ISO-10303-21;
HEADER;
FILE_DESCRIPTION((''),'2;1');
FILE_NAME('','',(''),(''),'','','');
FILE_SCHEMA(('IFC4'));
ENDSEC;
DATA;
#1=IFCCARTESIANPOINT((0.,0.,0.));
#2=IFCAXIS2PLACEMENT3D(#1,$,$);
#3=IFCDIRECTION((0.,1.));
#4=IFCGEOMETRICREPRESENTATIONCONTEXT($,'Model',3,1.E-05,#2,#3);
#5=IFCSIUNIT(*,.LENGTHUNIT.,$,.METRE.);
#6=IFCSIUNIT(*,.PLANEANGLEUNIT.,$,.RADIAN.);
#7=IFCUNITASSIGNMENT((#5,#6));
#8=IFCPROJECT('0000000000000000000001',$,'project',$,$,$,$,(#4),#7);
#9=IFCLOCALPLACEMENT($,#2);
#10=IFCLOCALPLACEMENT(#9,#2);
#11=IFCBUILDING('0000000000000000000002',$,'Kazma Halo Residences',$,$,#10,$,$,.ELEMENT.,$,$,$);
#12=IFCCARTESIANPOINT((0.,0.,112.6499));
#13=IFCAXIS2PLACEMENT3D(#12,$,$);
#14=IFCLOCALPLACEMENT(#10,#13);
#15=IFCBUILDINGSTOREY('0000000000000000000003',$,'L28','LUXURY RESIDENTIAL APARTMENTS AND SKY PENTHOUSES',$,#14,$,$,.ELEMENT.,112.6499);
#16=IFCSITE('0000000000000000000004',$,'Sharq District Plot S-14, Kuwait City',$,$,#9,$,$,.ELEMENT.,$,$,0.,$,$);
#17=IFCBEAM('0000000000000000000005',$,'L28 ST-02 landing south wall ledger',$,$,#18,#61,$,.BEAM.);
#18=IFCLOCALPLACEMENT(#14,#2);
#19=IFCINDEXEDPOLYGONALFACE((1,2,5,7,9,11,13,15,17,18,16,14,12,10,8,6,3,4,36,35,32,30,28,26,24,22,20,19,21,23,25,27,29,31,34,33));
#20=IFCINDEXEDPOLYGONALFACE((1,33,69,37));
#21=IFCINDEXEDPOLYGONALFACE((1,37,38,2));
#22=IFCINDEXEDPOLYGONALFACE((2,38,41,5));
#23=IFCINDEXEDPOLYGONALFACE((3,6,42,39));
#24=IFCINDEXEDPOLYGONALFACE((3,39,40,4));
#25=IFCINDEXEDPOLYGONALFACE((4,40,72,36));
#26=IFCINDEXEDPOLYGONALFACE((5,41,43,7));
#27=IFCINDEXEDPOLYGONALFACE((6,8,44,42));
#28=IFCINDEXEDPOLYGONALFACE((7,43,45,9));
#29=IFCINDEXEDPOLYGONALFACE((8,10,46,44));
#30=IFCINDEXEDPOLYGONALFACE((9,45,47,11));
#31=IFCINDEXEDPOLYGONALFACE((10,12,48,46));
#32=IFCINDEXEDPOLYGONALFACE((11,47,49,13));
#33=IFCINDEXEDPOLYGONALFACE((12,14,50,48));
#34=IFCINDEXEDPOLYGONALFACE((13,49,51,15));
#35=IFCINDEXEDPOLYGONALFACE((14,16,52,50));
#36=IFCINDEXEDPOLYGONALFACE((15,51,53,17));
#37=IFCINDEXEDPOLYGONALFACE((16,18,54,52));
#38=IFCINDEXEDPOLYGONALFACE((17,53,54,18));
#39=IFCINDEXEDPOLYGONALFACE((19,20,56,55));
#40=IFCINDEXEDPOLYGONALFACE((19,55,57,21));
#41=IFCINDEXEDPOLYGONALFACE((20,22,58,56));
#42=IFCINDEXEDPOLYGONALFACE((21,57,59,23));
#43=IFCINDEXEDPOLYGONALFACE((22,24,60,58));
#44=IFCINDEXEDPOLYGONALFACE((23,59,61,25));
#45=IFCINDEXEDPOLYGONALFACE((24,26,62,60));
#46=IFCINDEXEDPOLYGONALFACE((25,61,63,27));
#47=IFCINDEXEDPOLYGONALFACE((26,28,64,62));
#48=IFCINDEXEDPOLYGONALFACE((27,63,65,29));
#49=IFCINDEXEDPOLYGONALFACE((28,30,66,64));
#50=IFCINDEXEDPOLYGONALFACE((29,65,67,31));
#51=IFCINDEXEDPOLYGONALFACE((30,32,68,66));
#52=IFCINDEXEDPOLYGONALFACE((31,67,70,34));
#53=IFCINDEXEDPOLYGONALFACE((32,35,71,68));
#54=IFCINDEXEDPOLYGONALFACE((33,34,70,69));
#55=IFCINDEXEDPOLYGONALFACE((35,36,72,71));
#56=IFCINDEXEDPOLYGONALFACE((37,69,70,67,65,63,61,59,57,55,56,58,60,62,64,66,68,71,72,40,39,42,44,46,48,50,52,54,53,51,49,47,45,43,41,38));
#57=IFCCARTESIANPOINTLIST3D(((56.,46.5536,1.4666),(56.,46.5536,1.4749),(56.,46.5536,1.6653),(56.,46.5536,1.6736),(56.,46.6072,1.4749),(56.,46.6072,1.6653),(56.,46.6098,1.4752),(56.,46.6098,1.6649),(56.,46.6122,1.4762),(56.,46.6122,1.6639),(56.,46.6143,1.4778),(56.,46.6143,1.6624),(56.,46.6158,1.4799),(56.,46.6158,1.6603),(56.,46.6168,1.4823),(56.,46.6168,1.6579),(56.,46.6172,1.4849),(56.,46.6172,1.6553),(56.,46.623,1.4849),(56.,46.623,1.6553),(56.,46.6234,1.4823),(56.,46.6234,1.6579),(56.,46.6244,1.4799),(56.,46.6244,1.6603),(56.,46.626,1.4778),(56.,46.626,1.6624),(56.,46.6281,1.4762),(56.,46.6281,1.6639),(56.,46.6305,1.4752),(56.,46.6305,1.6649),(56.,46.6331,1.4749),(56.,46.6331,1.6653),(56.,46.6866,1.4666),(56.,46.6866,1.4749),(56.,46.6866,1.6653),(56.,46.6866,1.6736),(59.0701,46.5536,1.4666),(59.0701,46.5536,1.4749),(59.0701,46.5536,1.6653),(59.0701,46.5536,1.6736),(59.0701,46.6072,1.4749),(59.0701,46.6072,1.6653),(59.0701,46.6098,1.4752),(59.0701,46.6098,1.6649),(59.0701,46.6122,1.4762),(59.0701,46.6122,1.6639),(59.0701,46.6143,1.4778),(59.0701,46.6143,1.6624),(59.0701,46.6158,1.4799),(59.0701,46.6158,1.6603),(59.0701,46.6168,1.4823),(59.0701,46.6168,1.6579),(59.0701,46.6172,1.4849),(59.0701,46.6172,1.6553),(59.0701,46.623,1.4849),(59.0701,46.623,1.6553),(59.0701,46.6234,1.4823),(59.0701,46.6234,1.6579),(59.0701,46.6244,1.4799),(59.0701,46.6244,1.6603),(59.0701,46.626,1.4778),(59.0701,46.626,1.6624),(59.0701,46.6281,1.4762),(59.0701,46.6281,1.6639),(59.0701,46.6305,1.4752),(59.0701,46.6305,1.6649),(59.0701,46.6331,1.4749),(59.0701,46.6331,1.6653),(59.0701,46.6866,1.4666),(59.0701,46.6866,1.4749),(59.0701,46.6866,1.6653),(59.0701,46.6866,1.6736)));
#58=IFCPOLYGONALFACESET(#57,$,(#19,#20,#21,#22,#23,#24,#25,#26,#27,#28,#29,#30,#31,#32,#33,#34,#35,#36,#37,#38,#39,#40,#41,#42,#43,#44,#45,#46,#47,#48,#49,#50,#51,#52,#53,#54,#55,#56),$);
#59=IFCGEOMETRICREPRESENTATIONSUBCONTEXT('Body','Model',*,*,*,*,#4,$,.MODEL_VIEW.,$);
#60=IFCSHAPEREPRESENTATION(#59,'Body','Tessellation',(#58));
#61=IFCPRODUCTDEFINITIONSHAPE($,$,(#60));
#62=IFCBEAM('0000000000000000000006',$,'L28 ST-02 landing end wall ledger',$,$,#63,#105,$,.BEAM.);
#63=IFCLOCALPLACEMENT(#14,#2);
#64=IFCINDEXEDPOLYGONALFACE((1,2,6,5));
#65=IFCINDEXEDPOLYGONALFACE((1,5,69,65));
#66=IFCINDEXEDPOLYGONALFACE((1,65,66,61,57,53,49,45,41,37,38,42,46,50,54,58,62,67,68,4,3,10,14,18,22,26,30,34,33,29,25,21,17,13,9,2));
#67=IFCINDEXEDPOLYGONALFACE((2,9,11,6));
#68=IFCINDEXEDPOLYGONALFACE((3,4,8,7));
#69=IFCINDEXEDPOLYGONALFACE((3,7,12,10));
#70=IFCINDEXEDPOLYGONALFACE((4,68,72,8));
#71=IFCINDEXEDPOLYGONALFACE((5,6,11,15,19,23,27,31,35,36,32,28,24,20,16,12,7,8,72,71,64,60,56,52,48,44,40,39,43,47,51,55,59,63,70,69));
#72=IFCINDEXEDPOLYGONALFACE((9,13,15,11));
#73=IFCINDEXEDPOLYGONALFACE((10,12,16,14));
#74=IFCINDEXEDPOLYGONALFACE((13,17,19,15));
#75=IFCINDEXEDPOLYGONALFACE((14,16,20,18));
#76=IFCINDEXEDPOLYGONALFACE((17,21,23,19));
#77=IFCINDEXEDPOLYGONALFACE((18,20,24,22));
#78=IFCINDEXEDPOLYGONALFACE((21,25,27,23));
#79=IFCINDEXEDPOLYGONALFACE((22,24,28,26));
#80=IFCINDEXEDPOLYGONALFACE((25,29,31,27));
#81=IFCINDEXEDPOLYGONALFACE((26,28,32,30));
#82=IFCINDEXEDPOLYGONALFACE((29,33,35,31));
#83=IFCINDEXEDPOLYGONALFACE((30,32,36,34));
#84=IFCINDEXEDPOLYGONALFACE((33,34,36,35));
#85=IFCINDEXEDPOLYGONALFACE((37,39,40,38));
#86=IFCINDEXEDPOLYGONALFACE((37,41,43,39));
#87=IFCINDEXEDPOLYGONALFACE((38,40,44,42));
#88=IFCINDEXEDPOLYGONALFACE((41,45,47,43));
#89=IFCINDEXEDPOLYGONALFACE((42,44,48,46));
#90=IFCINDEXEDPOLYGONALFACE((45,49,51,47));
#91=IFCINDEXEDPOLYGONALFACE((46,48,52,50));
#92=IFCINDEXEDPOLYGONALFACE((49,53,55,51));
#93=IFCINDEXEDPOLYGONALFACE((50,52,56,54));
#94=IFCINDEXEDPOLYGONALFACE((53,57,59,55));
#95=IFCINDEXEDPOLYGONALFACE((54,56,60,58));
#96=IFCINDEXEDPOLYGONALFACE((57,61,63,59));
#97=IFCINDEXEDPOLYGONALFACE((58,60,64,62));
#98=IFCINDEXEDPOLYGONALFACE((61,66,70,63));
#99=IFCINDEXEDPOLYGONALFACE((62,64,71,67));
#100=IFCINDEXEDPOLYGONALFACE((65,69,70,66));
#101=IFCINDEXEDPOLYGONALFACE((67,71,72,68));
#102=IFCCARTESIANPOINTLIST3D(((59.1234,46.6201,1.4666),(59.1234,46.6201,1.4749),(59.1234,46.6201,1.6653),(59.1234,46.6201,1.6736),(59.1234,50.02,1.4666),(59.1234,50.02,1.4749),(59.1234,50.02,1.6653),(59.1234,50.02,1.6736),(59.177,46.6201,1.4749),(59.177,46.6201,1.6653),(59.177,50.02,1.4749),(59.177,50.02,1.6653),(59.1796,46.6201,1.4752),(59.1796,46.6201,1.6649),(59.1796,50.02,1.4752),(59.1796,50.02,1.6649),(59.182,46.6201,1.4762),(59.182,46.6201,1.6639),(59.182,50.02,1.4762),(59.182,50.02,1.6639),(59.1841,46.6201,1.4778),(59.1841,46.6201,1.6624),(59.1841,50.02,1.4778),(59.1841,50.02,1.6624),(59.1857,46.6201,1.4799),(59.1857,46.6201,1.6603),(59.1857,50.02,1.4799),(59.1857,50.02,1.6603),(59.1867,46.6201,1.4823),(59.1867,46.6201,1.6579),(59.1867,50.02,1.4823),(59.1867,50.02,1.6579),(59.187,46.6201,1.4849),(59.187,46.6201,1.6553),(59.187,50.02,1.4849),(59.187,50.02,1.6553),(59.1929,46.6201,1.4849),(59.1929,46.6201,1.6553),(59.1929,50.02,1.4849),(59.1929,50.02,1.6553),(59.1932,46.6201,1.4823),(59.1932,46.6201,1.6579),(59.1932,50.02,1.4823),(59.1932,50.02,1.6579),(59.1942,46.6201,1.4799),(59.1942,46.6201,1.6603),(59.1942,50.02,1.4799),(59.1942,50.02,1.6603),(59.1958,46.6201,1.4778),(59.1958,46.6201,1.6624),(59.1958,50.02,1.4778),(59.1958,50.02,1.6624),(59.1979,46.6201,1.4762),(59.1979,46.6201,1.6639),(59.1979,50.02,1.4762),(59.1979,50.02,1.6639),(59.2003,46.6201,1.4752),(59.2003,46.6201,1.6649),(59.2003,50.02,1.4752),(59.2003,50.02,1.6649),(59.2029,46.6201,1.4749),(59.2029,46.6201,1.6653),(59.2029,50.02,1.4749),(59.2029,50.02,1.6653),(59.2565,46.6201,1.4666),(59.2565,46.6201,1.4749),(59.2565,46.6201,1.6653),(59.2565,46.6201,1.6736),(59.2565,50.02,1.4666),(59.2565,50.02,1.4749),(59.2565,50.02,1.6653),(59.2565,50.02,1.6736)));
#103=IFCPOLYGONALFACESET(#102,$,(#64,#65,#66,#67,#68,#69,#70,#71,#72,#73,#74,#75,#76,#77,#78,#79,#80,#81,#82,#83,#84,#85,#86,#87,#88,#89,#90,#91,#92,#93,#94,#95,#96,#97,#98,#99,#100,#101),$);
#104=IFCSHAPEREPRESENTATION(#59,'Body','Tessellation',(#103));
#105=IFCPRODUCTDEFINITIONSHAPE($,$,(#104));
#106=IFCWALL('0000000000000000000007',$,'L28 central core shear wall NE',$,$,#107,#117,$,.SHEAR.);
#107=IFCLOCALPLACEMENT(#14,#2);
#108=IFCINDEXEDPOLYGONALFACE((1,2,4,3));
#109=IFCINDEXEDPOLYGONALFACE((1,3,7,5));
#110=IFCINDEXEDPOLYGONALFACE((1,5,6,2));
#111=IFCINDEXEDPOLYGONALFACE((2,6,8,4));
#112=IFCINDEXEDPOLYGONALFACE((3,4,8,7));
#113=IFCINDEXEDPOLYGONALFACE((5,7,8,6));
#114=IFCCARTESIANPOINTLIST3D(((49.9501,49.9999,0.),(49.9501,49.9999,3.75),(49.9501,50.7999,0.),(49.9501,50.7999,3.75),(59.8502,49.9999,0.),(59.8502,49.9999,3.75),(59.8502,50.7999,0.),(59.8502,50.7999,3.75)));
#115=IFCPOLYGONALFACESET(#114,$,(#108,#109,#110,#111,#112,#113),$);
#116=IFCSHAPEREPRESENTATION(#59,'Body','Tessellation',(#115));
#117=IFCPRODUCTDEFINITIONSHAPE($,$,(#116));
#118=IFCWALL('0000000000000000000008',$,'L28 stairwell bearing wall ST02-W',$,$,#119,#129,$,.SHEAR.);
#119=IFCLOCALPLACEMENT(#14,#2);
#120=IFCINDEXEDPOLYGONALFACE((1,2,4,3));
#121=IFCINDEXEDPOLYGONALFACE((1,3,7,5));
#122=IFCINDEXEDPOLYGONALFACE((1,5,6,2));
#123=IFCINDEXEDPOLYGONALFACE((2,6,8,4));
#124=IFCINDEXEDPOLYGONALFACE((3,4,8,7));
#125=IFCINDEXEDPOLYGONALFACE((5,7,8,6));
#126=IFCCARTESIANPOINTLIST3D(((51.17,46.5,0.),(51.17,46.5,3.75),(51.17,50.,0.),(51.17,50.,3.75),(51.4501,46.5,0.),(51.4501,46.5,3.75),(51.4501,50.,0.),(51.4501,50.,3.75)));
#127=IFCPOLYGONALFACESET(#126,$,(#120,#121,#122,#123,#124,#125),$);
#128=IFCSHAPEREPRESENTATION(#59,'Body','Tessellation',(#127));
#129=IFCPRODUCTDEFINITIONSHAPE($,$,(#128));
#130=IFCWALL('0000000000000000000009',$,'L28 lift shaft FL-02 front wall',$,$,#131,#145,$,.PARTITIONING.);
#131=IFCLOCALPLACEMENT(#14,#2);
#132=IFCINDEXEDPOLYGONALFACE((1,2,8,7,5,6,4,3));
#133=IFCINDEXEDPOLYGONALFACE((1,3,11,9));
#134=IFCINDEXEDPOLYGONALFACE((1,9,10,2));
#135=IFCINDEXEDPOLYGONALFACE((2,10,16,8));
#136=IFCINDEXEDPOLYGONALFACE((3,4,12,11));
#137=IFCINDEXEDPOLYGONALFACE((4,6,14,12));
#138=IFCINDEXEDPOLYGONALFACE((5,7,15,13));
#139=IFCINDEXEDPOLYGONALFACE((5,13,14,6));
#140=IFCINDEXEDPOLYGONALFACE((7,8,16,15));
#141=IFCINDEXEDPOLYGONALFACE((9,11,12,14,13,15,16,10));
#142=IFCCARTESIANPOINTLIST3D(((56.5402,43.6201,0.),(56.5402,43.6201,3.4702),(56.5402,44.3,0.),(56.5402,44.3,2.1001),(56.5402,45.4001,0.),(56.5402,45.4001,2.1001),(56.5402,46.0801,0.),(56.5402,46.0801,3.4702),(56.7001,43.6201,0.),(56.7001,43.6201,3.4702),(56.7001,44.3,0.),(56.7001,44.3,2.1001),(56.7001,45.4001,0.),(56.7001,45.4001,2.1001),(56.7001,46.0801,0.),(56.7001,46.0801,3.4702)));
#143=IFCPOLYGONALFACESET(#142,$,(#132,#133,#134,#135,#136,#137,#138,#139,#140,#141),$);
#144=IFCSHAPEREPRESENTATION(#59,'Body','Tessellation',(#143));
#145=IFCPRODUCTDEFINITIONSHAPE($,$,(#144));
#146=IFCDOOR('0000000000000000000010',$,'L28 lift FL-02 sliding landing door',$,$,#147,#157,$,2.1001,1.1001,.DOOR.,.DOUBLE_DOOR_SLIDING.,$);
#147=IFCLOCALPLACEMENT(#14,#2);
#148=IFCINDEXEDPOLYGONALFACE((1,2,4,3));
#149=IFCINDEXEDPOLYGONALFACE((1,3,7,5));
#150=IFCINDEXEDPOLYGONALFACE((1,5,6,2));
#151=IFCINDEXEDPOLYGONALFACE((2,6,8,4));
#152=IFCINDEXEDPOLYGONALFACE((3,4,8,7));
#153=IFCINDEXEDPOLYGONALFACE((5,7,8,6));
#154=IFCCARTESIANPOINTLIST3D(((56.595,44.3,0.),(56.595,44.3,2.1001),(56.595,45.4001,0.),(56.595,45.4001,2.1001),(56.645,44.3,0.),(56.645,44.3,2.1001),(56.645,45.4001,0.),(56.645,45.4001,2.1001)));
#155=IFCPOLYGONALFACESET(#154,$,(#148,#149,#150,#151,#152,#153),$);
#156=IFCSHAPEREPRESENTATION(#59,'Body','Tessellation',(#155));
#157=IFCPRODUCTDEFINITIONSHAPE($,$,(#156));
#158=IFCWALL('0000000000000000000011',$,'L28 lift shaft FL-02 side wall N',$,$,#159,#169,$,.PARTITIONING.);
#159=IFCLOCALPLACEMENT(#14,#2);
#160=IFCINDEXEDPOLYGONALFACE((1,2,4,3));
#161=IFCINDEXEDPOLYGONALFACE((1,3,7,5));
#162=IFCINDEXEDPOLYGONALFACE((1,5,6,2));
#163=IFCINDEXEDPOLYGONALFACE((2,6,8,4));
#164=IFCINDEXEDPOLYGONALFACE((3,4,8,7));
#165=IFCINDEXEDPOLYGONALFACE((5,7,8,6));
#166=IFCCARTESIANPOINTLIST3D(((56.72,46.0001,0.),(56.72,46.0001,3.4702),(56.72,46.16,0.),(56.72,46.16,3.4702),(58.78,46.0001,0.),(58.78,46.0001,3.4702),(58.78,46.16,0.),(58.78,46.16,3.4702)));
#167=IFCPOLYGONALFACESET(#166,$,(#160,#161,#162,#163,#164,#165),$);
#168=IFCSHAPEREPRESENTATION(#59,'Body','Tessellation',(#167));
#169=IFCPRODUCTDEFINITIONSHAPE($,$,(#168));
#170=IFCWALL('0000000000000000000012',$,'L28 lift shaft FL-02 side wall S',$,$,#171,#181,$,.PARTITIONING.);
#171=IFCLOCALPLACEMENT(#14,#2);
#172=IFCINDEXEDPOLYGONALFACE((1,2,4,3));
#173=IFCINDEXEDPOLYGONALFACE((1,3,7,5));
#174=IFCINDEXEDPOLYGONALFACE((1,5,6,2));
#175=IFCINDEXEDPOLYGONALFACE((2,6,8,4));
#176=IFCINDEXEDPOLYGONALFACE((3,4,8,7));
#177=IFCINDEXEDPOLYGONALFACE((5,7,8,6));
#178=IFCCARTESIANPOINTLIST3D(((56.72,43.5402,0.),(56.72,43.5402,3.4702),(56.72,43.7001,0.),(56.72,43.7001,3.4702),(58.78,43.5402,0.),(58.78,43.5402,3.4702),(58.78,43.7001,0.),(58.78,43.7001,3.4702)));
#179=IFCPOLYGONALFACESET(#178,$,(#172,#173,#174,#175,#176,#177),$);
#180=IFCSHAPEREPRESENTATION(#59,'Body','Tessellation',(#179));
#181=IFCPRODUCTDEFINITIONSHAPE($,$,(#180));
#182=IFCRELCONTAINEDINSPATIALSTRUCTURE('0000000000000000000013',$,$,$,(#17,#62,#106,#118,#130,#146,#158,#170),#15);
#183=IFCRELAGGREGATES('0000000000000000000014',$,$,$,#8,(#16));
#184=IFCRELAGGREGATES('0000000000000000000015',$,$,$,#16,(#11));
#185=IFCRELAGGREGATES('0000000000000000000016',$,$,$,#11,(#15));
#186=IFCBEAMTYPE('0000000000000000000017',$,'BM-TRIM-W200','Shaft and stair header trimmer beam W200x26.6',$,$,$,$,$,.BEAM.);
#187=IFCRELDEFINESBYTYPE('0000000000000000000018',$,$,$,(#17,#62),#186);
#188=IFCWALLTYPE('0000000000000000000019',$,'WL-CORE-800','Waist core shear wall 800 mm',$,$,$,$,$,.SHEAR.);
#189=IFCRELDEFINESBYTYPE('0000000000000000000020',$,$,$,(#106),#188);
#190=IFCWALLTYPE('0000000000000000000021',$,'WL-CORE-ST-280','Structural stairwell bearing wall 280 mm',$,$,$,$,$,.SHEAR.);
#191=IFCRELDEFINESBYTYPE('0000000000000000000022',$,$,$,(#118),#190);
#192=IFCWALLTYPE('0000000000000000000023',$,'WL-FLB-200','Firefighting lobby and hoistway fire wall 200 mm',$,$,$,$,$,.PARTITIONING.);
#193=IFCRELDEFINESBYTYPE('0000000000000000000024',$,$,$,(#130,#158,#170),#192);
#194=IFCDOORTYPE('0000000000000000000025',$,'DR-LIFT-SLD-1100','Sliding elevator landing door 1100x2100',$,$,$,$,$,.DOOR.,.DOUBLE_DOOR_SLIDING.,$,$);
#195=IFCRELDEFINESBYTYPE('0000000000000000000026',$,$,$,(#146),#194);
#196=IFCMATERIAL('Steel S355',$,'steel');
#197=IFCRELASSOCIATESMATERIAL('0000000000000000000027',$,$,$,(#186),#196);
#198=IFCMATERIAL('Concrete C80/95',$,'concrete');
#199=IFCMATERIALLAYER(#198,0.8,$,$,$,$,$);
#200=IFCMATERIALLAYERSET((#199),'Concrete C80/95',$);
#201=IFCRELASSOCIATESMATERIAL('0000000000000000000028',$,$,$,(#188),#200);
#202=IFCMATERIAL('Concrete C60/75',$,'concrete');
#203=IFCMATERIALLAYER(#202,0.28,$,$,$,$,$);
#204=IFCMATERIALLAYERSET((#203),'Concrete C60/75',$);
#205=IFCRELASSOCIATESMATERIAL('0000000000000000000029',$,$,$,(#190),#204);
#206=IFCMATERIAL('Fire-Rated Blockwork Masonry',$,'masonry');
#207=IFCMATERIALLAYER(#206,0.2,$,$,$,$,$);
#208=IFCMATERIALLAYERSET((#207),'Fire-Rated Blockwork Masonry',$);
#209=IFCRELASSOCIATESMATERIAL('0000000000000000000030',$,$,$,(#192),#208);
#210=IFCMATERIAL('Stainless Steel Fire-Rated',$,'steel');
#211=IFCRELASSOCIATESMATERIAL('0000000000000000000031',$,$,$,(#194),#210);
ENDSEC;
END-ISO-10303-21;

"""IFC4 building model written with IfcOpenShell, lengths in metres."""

from ifc_helpers import new_model, si_unit, direction, frame, frame_2d, origin, origin_2d, place, context, subcontext, project, spatial, rectangle, i_section, extrude, material, layer, layer_set, material_profile, profile_set, type_object, element, fill, save


model = new_model("IFC4")

# Units and contexts
model_context = context("Model", 3, precision=1e-05, world=origin(), true_north=direction((0.0, 1.0)))
body_context = subcontext(model_context, "Body", "Model", "MODEL_VIEW")
ifc_project = project(units=[si_unit("LENGTHUNIT", "METRE"), si_unit("PLANEANGLEUNIT", "RADIAN")], contexts=[model_context])

# Site, building, storey
site_placement = place(None, origin())
site = spatial("IfcSite", under=ifc_project, at=site_placement, Name="Sharq District Plot S-14, Kuwait City", CompositionType="ELEMENT", RefElevation=0.0)
building_placement = place(site_placement, origin())
building = spatial("IfcBuilding", under=site, at=building_placement, Name="Kazma Halo Residences", CompositionType="ELEMENT")
storey_placement = place(building_placement, frame((0.0, 0.0, 112.6499)))
storey = spatial("IfcBuildingStorey", under=building, at=storey_placement, Name="L28", Description="LUXURY RESIDENTIAL APARTMENTS AND SKY PENTHOUSES", CompositionType="ELEMENT", Elevation=112.6499)

# Shared definitions
ifc_material_1 = material(Name="Steel S355", Category="steel")

# Beams
ifc_material_profile_1 = material_profile(ifc_material_1, i_section(OverallWidth=0.1331, OverallDepth=0.207, WebThickness=0.0059, FlangeThickness=0.0083, FilletRadius=0.01, at=origin_2d()), Name="W200x26.6")
ifc_profile_set_1 = profile_set([ifc_material_profile_1], Name="Steel S355")
beam_type_1 = type_object("IfcBeamType", Name="BM-TRIM-W200", Description="Shaft and stair header trimmer beam W200x26.6", PredefinedType="BEAM", material=ifc_profile_set_1)
beam_1_placement = place(storey_placement, frame((56.0, 46.6201, 1.5701), z_axis=(1.0, 0.0, 0.0), x_axis=(0.0, 1.0, 0.0)))
element("IfcBeam", 1, at=beam_1_placement, inside=storey, type_object=beam_type_1, Name="L28 ST-02 landing south wall ledger", PredefinedType="BEAM", context=body_context, shape_type="SweptSolid", body=[
    extrude(i_section(OverallWidth=0.1331, OverallDepth=0.207, WebThickness=0.0059, FlangeThickness=0.0083, FilletRadius=0.01, at=origin_2d()), origin(), (0.0, 0.0, 1.0), 3.0701),
])
beam_2_placement = place(storey_placement, frame((59.1899, 46.6201, 1.5701), z_axis=(0.0, 1.0, 0.0), x_axis=(-1.0, 0.0, 0.0)))
element("IfcBeam", 2, at=beam_2_placement, inside=storey, type_object=beam_type_1, Name="L28 ST-02 landing end wall ledger", PredefinedType="BEAM", context=body_context, shape_type="SweptSolid", body=[
    extrude(i_section(OverallWidth=0.1331, OverallDepth=0.207, WebThickness=0.0059, FlangeThickness=0.0083, FilletRadius=0.01, at=origin_2d()), origin(), (0.0, 0.0, 1.0), 3.3999),
])

# Walls
ifc_material_2 = material(Name="Concrete C80/95", Category="concrete")
ifc_layer_1 = layer(ifc_material_2, 0.8)
ifc_layer_set_1 = layer_set([ifc_layer_1], Name="Concrete C80/95")
wall_type_1 = type_object("IfcWallType", Name="WL-CORE-800", Description="Waist core shear wall 800 mm", PredefinedType="SHEAR", material=ifc_layer_set_1)
wall_1_placement = place(storey_placement, frame((49.95, 50.3999, 0.0), z_axis=(0.0, 0.0, 1.0), x_axis=(1.0, 0.0, 0.0)))
element("IfcWall", 3, at=wall_1_placement, inside=storey, type_object=wall_type_1, Name="L28 central core shear wall NE", PredefinedType="SHEAR", context=body_context, shape_type="SweptSolid", body=[
    extrude(rectangle(XDim=9.9001, YDim=0.8, at=frame_2d((4.9502, 0.0))), origin(), (0.0, 0.0, 1.0), 3.75),
])
ifc_material_3 = material(Name="Concrete C60/75", Category="concrete")
ifc_layer_2 = layer(ifc_material_3, 0.28)
ifc_layer_set_2 = layer_set([ifc_layer_2], Name="Concrete C60/75")
wall_type_2 = type_object("IfcWallType", Name="WL-CORE-ST-280", Description="Structural stairwell bearing wall 280 mm", PredefinedType="SHEAR", material=ifc_layer_set_2)
wall_2_placement = place(storey_placement, frame((51.3101, 46.5, 0.0), z_axis=(0.0, 0.0, 1.0), x_axis=(0.0, 1.0, 0.0)))
element("IfcWall", 4, at=wall_2_placement, inside=storey, type_object=wall_type_2, Name="L28 stairwell bearing wall ST02-W", PredefinedType="SHEAR", context=body_context, shape_type="SweptSolid", body=[
    extrude(rectangle(XDim=3.5, YDim=0.28, at=frame_2d((1.75, 0.0))), origin(), (0.0, 0.0, 1.0), 3.75),
])

# Wall, opening, door
ifc_material_4 = material(Name="Fire-Rated Blockwork Masonry", Category="masonry")
ifc_layer_3 = layer(ifc_material_4, 0.2)
ifc_layer_set_3 = layer_set([ifc_layer_3], Name="Fire-Rated Blockwork Masonry")
wall_type_3 = type_object("IfcWallType", Name="WL-FLB-200", Description="Firefighting lobby and hoistway fire wall 200 mm", PredefinedType="PARTITIONING", material=ifc_layer_set_3)
wall_3_placement = place(storey_placement, frame((56.6201, 46.0801, 0.0), z_axis=(0.0, 0.0, 1.0), x_axis=(0.0, -1.0, 0.0)))
wall_3 = element("IfcWall", 5, at=wall_3_placement, inside=storey, type_object=wall_type_3, Name="L28 lift shaft FL-02 front wall", PredefinedType="PARTITIONING", context=body_context, shape_type="SweptSolid", body=[
    extrude(rectangle(XDim=2.46, YDim=0.1599, at=frame_2d((1.23, 0.0))), origin(), (0.0, 0.0, 1.0), 3.4702),
])
opening_1_placement = place(wall_3_placement, frame((0.6799, 0.0, 0.0)))
opening_1 = element("IfcOpeningElement", 6, at=opening_1_placement, cuts=wall_3, PredefinedType="OPENING", context=body_context, shape_type="SweptSolid", body=[
    extrude(rectangle(XDim=1.1001, YDim=2.1001, at=frame_2d((0.55, 1.05))), frame((0.0, 0.0898, 0.0), z_axis=(0.0, -1.0, 0.0), x_axis=(1.0, 0.0, 0.0)), (0.0, 0.0, 1.0), 0.1799),
])
ifc_material_5 = material(Name="Stainless Steel Fire-Rated", Category="steel")
door_type_1 = type_object("IfcDoorType", Name="DR-LIFT-SLD-1100", Description="Sliding elevator landing door 1100x2100", OperationType="DOUBLE_DOOR_SLIDING", PredefinedType="DOOR", material=ifc_material_5)
door_1_placement = place(opening_1_placement, origin())
door_1 = element("IfcDoor", 7, at=door_1_placement, inside=storey, type_object=door_type_1, Name="L28 lift FL-02 sliding landing door", OperationType="DOUBLE_DOOR_SLIDING", OverallHeight=2.1001, OverallWidth=1.1001, PredefinedType="DOOR", context=body_context, shape_type="SweptSolid", body=[
    extrude(rectangle(XDim=1.1001, YDim=2.1001, at=frame_2d((0.55, 1.05))), frame((0.0, 0.0249, 0.0), z_axis=(0.0, -1.0, 0.0), x_axis=(1.0, 0.0, 0.0)), (0.0, 0.0, 1.0), 0.05),
])
fill(opening_1, door_1)

# Walls
for number, where, z_axis, x_axis, name in (
    (8, (56.72, 46.0801, 0.0), (0.0, 0.0, 1.0), (1.0, 0.0, 0.0), "L28 lift shaft FL-02 side wall N"),
    (9, (56.72, 43.6201, 0.0), (0.0, 0.0, 1.0), (1.0, 0.0, 0.0), "L28 lift shaft FL-02 side wall S"),
):
    element("IfcWall", number, at=place(storey_placement, frame(where, z_axis=z_axis, x_axis=x_axis)), inside=storey, type_object=wall_type_3, Name=name, PredefinedType="PARTITIONING", context=body_context, shape_type="SweptSolid", body=[
        extrude(rectangle(XDim=2.0601, YDim=0.1599, at=frame_2d((1.03, 0.0))), origin(), (0.0, 0.0, 1.0), 3.4702),
    ])

save(model, "model.ifc")
